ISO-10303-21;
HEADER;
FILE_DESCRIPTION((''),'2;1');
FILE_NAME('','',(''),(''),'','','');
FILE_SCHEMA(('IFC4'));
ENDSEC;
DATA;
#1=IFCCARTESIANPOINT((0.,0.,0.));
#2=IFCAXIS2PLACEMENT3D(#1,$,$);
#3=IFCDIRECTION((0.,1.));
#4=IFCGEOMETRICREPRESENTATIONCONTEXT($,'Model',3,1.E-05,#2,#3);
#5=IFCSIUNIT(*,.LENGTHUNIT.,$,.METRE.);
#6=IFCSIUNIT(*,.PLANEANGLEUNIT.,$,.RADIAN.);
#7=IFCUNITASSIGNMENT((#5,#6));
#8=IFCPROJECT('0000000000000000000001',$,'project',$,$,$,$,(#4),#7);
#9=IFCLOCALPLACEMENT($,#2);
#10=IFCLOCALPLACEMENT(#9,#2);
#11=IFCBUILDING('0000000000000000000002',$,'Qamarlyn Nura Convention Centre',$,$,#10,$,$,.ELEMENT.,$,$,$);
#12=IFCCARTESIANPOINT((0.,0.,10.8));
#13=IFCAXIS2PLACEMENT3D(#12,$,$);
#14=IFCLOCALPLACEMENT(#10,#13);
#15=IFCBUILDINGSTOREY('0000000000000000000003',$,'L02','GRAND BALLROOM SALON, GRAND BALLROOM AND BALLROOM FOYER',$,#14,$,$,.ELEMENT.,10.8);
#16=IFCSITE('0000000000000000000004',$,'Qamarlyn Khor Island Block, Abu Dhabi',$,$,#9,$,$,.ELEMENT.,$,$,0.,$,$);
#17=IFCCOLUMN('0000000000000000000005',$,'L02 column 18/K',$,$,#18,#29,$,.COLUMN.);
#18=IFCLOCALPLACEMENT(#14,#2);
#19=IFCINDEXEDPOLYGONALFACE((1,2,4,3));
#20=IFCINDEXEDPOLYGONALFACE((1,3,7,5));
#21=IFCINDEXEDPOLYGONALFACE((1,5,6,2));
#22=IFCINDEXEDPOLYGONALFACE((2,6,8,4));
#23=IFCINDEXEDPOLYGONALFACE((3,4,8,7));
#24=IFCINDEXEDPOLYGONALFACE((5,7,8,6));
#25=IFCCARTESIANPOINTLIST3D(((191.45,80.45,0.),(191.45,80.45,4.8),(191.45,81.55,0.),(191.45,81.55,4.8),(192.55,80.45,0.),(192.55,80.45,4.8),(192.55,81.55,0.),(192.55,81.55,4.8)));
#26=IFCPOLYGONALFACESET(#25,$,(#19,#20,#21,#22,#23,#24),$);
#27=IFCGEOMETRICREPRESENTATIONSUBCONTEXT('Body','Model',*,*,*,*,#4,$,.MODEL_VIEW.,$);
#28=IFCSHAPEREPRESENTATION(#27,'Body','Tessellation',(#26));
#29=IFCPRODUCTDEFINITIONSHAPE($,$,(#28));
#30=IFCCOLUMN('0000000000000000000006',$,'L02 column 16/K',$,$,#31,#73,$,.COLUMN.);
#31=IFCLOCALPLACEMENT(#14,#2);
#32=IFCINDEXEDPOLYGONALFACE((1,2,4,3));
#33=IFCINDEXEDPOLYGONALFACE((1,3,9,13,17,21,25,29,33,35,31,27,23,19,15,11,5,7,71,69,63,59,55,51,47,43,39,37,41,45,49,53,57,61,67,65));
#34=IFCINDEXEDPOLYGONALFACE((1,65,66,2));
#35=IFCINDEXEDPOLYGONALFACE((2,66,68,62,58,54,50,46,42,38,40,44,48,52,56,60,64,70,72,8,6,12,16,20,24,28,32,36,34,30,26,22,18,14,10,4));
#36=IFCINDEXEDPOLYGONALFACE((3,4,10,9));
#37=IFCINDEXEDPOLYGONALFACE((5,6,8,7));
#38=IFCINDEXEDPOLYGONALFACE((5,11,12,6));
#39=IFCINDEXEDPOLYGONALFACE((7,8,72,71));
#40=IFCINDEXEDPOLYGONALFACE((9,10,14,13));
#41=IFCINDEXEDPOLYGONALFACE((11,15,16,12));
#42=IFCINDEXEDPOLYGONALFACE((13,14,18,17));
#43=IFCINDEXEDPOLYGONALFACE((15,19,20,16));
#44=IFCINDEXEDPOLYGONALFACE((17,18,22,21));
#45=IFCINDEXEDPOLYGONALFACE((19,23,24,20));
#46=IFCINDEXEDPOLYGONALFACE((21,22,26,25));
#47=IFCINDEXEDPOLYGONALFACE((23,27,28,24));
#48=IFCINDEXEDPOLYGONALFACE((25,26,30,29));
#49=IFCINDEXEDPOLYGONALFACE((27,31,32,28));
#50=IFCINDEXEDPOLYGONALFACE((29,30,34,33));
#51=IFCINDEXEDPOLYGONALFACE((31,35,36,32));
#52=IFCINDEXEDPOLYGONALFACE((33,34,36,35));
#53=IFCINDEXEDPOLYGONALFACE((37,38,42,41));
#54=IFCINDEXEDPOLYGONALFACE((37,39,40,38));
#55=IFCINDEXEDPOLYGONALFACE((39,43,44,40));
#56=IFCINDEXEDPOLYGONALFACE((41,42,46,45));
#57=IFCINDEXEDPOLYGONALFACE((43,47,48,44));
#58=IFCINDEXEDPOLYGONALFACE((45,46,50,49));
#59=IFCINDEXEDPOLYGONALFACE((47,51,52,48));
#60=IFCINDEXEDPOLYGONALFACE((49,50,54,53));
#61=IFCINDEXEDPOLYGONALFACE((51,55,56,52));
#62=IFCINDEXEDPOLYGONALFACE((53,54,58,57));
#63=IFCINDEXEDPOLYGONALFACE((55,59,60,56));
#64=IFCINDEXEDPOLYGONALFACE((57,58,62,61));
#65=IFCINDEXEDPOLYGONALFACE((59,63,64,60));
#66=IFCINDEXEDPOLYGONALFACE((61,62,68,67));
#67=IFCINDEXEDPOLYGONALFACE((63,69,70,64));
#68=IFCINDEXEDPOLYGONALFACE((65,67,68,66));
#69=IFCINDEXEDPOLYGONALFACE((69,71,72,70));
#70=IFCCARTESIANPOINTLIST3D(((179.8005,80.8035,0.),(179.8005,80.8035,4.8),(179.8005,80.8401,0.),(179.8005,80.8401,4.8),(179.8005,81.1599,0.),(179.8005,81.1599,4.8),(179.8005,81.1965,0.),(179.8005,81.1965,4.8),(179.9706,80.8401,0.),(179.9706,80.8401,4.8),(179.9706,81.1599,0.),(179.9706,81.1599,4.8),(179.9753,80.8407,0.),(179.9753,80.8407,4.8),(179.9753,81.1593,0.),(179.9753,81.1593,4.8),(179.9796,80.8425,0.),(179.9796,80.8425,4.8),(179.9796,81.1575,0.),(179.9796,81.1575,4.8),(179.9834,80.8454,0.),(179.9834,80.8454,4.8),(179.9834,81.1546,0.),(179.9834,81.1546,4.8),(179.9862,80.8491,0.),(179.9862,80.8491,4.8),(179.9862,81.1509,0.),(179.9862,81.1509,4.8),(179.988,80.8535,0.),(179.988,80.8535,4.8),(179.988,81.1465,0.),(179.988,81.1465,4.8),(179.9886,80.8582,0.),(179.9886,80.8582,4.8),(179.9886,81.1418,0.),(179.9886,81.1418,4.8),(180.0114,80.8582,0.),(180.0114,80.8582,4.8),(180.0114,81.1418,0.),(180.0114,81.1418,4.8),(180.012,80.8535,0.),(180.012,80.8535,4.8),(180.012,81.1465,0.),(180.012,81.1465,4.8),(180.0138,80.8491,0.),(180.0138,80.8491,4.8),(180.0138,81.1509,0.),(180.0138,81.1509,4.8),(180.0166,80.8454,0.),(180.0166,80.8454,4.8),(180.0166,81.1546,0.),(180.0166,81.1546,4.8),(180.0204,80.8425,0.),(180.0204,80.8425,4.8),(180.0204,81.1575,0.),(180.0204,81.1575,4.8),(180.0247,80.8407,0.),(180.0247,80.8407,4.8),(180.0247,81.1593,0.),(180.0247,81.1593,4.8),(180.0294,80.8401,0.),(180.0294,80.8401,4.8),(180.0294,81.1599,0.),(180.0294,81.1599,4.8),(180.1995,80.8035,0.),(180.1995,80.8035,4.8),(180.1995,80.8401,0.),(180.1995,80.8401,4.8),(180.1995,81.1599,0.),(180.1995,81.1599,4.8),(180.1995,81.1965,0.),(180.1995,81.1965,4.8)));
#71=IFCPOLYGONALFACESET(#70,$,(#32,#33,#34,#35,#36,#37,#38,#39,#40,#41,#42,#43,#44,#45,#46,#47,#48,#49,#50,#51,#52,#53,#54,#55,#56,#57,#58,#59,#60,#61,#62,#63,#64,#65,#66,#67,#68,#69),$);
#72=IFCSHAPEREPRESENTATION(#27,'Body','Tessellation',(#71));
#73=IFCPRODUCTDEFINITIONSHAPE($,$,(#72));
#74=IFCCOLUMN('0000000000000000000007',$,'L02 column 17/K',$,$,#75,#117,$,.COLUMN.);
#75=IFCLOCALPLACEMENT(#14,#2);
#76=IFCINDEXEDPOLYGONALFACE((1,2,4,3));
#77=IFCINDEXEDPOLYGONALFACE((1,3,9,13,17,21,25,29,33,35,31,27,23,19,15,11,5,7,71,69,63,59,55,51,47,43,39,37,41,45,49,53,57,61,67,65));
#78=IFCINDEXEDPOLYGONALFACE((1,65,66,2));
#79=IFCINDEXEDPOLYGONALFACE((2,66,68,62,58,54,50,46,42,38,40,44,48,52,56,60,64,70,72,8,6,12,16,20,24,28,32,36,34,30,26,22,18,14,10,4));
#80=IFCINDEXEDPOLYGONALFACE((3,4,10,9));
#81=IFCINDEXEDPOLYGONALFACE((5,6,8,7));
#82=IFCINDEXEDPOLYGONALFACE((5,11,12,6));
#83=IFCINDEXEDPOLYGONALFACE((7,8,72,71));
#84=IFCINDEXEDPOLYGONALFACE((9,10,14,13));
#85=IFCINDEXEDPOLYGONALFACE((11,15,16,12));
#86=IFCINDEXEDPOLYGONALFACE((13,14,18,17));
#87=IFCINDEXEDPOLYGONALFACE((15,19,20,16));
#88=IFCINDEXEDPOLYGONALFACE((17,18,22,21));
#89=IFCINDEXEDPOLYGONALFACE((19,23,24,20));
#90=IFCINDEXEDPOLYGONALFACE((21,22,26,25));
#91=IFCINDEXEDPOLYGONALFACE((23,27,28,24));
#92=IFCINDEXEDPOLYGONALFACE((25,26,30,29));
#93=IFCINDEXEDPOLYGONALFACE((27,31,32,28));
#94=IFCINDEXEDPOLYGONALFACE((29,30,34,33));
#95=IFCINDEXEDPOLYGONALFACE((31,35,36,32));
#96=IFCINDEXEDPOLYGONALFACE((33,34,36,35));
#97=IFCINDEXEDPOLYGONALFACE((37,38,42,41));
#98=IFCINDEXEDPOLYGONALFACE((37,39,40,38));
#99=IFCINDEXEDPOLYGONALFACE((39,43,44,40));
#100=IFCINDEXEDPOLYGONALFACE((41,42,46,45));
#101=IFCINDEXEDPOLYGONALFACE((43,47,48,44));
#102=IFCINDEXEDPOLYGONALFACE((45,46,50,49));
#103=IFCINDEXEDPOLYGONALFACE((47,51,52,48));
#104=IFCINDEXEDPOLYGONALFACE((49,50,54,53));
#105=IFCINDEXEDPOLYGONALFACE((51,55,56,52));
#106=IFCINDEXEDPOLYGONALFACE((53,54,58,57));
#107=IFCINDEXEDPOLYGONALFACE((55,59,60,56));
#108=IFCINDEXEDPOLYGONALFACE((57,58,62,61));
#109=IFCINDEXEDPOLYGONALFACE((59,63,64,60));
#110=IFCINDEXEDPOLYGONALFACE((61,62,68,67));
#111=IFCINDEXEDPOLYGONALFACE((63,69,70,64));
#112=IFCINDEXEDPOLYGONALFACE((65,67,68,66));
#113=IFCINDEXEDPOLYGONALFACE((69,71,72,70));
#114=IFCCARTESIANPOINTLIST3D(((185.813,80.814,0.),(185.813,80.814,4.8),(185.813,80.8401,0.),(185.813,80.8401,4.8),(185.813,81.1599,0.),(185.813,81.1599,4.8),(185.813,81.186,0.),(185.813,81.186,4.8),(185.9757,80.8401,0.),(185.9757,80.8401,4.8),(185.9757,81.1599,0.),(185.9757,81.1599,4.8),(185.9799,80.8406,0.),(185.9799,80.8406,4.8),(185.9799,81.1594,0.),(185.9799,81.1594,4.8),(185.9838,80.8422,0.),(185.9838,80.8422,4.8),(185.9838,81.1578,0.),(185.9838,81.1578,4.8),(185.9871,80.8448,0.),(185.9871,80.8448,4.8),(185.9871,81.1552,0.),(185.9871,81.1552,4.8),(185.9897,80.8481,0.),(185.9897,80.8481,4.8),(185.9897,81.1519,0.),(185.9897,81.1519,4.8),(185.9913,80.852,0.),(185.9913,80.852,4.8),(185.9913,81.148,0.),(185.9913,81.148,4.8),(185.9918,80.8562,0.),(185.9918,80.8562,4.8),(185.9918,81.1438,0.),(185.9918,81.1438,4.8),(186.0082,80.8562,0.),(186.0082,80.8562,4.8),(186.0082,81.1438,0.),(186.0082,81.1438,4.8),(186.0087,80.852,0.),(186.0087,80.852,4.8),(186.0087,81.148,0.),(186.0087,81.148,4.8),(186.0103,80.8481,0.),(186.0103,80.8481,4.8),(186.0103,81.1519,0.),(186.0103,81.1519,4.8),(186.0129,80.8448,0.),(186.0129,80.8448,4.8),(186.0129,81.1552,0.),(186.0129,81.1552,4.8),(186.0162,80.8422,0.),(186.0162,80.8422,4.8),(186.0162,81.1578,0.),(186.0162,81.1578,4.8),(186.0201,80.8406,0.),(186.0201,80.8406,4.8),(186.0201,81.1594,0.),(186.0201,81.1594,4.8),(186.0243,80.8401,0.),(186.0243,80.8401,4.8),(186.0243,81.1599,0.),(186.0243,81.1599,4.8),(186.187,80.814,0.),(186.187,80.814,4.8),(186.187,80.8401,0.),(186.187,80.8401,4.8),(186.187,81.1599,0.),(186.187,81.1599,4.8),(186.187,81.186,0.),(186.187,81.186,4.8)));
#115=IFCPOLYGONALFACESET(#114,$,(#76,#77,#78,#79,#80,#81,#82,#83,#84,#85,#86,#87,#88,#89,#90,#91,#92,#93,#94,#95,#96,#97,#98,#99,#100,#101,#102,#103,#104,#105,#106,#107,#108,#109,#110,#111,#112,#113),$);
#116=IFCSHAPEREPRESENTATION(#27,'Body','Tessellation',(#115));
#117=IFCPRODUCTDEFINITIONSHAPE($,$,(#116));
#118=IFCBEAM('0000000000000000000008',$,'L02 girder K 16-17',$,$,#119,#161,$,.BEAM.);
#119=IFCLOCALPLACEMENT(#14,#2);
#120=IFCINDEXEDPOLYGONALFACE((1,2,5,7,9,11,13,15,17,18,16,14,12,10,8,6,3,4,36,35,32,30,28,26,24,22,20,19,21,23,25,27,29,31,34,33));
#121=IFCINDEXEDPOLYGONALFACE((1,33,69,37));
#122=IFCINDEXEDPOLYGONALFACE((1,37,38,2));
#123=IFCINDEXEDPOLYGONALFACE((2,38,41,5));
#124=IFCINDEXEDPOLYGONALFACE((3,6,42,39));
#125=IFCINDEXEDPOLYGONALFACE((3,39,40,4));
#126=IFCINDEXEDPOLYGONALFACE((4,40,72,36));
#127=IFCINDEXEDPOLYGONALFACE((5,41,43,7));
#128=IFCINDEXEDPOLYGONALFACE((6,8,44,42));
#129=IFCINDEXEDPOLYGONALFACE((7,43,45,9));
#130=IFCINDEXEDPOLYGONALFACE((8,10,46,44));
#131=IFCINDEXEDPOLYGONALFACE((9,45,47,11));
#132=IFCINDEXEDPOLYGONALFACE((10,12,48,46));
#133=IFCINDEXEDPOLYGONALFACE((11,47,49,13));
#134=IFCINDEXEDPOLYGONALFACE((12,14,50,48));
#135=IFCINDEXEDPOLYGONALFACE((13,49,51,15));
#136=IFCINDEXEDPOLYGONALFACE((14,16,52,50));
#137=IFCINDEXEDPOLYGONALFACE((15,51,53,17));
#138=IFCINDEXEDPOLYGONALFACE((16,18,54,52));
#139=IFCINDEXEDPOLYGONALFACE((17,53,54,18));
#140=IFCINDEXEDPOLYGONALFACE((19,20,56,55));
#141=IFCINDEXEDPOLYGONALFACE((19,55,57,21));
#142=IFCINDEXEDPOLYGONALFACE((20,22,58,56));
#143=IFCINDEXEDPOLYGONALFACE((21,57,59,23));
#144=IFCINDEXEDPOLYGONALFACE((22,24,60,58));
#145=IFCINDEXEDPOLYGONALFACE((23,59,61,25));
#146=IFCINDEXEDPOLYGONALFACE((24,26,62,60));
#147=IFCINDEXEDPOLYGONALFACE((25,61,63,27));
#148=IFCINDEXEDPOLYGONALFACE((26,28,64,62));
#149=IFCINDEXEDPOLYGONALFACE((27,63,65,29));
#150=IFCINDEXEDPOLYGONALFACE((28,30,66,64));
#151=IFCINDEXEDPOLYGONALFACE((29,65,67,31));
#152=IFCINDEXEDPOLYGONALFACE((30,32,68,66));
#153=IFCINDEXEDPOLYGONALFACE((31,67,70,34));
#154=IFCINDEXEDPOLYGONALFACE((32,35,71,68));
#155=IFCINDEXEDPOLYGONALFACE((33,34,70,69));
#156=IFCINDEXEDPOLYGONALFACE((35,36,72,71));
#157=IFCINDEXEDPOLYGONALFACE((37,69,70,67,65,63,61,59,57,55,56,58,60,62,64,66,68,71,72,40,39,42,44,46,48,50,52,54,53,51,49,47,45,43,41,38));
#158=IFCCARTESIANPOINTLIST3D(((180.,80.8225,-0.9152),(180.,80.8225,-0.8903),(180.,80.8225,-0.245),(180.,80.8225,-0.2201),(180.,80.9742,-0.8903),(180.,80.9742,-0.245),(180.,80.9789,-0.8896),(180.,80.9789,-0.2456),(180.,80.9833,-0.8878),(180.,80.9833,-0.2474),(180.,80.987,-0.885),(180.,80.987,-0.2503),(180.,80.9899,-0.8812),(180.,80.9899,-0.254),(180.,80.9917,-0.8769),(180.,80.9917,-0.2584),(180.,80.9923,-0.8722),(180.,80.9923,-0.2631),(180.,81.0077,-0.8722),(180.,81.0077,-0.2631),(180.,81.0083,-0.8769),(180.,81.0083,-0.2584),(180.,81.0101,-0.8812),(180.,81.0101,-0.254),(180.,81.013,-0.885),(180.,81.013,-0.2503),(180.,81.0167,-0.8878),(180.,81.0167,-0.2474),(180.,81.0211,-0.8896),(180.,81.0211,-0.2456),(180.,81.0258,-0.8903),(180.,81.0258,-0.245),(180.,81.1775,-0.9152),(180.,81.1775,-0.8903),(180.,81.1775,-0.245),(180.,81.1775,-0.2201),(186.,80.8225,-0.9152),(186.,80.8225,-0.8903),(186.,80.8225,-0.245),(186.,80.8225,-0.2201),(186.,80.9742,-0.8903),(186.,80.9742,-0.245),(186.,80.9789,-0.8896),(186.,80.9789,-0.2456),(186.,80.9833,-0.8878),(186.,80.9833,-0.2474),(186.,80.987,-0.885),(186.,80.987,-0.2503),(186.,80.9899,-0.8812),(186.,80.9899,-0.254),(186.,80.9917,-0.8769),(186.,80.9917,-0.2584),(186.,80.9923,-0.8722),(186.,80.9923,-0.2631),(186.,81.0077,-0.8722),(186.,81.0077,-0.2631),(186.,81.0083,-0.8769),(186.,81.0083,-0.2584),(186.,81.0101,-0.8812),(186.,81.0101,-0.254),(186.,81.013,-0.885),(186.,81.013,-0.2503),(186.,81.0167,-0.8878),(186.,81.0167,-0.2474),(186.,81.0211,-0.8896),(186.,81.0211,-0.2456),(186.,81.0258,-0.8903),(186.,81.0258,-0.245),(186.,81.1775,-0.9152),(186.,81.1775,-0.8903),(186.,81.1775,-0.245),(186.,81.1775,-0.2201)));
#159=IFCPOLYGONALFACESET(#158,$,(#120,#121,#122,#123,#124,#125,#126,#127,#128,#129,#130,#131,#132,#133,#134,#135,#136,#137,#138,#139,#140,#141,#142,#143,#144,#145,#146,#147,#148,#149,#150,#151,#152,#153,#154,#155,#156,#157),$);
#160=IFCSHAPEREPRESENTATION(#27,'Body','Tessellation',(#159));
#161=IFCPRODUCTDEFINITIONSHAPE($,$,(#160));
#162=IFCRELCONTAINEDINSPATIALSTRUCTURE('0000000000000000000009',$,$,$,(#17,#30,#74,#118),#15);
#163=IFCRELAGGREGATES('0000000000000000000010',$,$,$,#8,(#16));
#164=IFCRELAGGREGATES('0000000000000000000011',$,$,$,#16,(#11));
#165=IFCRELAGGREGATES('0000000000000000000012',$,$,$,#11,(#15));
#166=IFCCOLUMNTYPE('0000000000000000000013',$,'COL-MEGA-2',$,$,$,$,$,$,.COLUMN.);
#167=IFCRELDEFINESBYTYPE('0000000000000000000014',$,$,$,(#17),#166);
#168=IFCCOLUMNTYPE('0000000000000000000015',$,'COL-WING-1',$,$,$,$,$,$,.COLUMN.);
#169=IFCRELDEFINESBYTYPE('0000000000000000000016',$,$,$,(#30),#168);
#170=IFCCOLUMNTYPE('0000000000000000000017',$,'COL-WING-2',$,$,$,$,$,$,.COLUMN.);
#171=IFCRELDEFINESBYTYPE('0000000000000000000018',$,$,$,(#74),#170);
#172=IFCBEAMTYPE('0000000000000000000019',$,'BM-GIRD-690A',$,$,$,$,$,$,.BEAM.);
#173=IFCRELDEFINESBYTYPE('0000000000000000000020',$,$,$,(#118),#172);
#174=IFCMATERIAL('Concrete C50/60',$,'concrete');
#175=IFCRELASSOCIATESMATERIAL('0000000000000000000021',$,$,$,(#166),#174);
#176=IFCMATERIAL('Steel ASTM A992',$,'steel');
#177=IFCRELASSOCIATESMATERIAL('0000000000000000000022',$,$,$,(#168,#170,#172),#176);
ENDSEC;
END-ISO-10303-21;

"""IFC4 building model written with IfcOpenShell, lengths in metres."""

from ifc_helpers import new_model, si_unit, direction, frame, origin, origin_2d, place, context, subcontext, project, spatial, rectangle, i_section, extrude, material, material_profile, profile_set, type_object, element, save


model = new_model("IFC4")

# Units and contexts
model_context = context("Model", 3, precision=1e-05, world=origin(), true_north=direction((0.0, 1.0)))
body_context = subcontext(model_context, "Body", "Model", "MODEL_VIEW")
ifc_project = project(units=[si_unit("LENGTHUNIT", "METRE"), si_unit("PLANEANGLEUNIT", "RADIAN")], contexts=[model_context])

# Site, building, storey
site_placement = place(None, origin())
site = spatial("IfcSite", under=ifc_project, at=site_placement, Name="Qamarlyn Khor Island Block, Abu Dhabi", CompositionType="ELEMENT", RefElevation=0.0)
building_placement = place(site_placement, origin())
building = spatial("IfcBuilding", under=site, at=building_placement, Name="Qamarlyn Nura Convention Centre", CompositionType="ELEMENT")
storey_placement = place(building_placement, frame((0.0, 0.0, 10.8)))
storey = spatial("IfcBuildingStorey", under=building, at=storey_placement, Name="L02", Description="GRAND BALLROOM SALON, GRAND BALLROOM AND BALLROOM FOYER", CompositionType="ELEMENT", Elevation=10.8)

# Columns
ifc_material_1 = material(Name="Concrete C50/60", Category="concrete")
ifc_material_profile_1 = material_profile(ifc_material_1, rectangle(XDim=1.1001, YDim=1.1001, at=origin_2d()), Name="RC 1100x1100")
ifc_profile_set_1 = profile_set([ifc_material_profile_1], Name="Concrete C50/60")
column_type_1 = type_object("IfcColumnType", Name="COL-MEGA-2", PredefinedType="COLUMN", material=ifc_profile_set_1)
column_1_placement = place(storey_placement, frame((192.0, 81.0, 0.0), z_axis=(0.0, 0.0, 1.0), x_axis=(1.0, 0.0, 0.0)))
element("IfcColumn", 1, at=column_1_placement, inside=storey, type_object=column_type_1, Name="L02 column 18/K", PredefinedType="COLUMN", context=body_context, shape_type="SweptSolid", body=[
    extrude(rectangle(XDim=1.1001, YDim=1.1001, at=origin_2d()), origin(), (0.0, 0.0, 1.0), 4.8),
])
ifc_material_2 = material(Name="Steel ASTM A992", Category="steel")
ifc_material_profile_2 = material_profile(ifc_material_2, i_section(OverallWidth=0.3989, OverallDepth=0.3931, WebThickness=0.0227, FlangeThickness=0.0366, FilletRadius=0.0181, at=origin_2d()), Name="W360X287")
ifc_profile_set_2 = profile_set([ifc_material_profile_2], Name="Steel ASTM A992")
column_type_2 = type_object("IfcColumnType", Name="COL-WING-1", PredefinedType="COLUMN", material=ifc_profile_set_2)
column_2_placement = place(storey_placement, frame((180.0, 81.0, 0.0), z_axis=(0.0, 0.0, 1.0), x_axis=(1.0, 0.0, 0.0)))
element("IfcColumn", 2, at=column_2_placement, inside=storey, type_object=column_type_2, Name="L02 column 16/K", PredefinedType="COLUMN", context=body_context, shape_type="SweptSolid", body=[
    extrude(i_section(OverallWidth=0.3989, OverallDepth=0.3931, WebThickness=0.0227, FlangeThickness=0.0366, FilletRadius=0.0181, at=origin_2d()), origin(), (0.0, 0.0, 1.0), 4.8),
])
ifc_material_profile_3 = material_profile(ifc_material_2, i_section(OverallWidth=0.374, OverallDepth=0.3721, WebThickness=0.0164, FlangeThickness=0.0261, FilletRadius=0.0161, at=origin_2d()), Name="W360X196")
ifc_profile_set_3 = profile_set([ifc_material_profile_3], Name="Steel ASTM A992")
column_type_3 = type_object("IfcColumnType", Name="COL-WING-2", PredefinedType="COLUMN", material=ifc_profile_set_3)
column_3_placement = place(storey_placement, frame((186.0, 81.0, 0.0), z_axis=(0.0, 0.0, 1.0), x_axis=(1.0, 0.0, 0.0)))
element("IfcColumn", 3, at=column_3_placement, inside=storey, type_object=column_type_3, Name="L02 column 17/K", PredefinedType="COLUMN", context=body_context, shape_type="SweptSolid", body=[
    extrude(i_section(OverallWidth=0.374, OverallDepth=0.3721, WebThickness=0.0164, FlangeThickness=0.0261, FilletRadius=0.0161, at=origin_2d()), origin(), (0.0, 0.0, 1.0), 4.8),
])

# Beam
ifc_material_profile_4 = material_profile(ifc_material_2, i_section(OverallWidth=0.355, OverallDepth=0.6951, WebThickness=0.0154, FlangeThickness=0.0249, FilletRadius=0.0181, at=origin_2d()), Name="W690X217")
ifc_profile_set_4 = profile_set([ifc_material_profile_4], Name="Steel ASTM A992")
beam_type_1 = type_object("IfcBeamType", Name="BM-GIRD-690A", PredefinedType="BEAM", material=ifc_profile_set_4)
beam_1_placement = place(storey_placement, frame((180.0, 81.0, -0.5676), z_axis=(1.0, 0.0, 0.0), x_axis=(0.0, 1.0, 0.0)))
element("IfcBeam", 4, at=beam_1_placement, inside=storey, type_object=beam_type_1, Name="L02 girder K 16-17", PredefinedType="BEAM", context=body_context, shape_type="SweptSolid", body=[
    extrude(i_section(OverallWidth=0.355, OverallDepth=0.6951, WebThickness=0.0154, FlangeThickness=0.0249, FilletRadius=0.0181, at=origin_2d()), origin(), (0.0, 0.0, 1.0), 6.0),
])

save(model, "model.ifc")
